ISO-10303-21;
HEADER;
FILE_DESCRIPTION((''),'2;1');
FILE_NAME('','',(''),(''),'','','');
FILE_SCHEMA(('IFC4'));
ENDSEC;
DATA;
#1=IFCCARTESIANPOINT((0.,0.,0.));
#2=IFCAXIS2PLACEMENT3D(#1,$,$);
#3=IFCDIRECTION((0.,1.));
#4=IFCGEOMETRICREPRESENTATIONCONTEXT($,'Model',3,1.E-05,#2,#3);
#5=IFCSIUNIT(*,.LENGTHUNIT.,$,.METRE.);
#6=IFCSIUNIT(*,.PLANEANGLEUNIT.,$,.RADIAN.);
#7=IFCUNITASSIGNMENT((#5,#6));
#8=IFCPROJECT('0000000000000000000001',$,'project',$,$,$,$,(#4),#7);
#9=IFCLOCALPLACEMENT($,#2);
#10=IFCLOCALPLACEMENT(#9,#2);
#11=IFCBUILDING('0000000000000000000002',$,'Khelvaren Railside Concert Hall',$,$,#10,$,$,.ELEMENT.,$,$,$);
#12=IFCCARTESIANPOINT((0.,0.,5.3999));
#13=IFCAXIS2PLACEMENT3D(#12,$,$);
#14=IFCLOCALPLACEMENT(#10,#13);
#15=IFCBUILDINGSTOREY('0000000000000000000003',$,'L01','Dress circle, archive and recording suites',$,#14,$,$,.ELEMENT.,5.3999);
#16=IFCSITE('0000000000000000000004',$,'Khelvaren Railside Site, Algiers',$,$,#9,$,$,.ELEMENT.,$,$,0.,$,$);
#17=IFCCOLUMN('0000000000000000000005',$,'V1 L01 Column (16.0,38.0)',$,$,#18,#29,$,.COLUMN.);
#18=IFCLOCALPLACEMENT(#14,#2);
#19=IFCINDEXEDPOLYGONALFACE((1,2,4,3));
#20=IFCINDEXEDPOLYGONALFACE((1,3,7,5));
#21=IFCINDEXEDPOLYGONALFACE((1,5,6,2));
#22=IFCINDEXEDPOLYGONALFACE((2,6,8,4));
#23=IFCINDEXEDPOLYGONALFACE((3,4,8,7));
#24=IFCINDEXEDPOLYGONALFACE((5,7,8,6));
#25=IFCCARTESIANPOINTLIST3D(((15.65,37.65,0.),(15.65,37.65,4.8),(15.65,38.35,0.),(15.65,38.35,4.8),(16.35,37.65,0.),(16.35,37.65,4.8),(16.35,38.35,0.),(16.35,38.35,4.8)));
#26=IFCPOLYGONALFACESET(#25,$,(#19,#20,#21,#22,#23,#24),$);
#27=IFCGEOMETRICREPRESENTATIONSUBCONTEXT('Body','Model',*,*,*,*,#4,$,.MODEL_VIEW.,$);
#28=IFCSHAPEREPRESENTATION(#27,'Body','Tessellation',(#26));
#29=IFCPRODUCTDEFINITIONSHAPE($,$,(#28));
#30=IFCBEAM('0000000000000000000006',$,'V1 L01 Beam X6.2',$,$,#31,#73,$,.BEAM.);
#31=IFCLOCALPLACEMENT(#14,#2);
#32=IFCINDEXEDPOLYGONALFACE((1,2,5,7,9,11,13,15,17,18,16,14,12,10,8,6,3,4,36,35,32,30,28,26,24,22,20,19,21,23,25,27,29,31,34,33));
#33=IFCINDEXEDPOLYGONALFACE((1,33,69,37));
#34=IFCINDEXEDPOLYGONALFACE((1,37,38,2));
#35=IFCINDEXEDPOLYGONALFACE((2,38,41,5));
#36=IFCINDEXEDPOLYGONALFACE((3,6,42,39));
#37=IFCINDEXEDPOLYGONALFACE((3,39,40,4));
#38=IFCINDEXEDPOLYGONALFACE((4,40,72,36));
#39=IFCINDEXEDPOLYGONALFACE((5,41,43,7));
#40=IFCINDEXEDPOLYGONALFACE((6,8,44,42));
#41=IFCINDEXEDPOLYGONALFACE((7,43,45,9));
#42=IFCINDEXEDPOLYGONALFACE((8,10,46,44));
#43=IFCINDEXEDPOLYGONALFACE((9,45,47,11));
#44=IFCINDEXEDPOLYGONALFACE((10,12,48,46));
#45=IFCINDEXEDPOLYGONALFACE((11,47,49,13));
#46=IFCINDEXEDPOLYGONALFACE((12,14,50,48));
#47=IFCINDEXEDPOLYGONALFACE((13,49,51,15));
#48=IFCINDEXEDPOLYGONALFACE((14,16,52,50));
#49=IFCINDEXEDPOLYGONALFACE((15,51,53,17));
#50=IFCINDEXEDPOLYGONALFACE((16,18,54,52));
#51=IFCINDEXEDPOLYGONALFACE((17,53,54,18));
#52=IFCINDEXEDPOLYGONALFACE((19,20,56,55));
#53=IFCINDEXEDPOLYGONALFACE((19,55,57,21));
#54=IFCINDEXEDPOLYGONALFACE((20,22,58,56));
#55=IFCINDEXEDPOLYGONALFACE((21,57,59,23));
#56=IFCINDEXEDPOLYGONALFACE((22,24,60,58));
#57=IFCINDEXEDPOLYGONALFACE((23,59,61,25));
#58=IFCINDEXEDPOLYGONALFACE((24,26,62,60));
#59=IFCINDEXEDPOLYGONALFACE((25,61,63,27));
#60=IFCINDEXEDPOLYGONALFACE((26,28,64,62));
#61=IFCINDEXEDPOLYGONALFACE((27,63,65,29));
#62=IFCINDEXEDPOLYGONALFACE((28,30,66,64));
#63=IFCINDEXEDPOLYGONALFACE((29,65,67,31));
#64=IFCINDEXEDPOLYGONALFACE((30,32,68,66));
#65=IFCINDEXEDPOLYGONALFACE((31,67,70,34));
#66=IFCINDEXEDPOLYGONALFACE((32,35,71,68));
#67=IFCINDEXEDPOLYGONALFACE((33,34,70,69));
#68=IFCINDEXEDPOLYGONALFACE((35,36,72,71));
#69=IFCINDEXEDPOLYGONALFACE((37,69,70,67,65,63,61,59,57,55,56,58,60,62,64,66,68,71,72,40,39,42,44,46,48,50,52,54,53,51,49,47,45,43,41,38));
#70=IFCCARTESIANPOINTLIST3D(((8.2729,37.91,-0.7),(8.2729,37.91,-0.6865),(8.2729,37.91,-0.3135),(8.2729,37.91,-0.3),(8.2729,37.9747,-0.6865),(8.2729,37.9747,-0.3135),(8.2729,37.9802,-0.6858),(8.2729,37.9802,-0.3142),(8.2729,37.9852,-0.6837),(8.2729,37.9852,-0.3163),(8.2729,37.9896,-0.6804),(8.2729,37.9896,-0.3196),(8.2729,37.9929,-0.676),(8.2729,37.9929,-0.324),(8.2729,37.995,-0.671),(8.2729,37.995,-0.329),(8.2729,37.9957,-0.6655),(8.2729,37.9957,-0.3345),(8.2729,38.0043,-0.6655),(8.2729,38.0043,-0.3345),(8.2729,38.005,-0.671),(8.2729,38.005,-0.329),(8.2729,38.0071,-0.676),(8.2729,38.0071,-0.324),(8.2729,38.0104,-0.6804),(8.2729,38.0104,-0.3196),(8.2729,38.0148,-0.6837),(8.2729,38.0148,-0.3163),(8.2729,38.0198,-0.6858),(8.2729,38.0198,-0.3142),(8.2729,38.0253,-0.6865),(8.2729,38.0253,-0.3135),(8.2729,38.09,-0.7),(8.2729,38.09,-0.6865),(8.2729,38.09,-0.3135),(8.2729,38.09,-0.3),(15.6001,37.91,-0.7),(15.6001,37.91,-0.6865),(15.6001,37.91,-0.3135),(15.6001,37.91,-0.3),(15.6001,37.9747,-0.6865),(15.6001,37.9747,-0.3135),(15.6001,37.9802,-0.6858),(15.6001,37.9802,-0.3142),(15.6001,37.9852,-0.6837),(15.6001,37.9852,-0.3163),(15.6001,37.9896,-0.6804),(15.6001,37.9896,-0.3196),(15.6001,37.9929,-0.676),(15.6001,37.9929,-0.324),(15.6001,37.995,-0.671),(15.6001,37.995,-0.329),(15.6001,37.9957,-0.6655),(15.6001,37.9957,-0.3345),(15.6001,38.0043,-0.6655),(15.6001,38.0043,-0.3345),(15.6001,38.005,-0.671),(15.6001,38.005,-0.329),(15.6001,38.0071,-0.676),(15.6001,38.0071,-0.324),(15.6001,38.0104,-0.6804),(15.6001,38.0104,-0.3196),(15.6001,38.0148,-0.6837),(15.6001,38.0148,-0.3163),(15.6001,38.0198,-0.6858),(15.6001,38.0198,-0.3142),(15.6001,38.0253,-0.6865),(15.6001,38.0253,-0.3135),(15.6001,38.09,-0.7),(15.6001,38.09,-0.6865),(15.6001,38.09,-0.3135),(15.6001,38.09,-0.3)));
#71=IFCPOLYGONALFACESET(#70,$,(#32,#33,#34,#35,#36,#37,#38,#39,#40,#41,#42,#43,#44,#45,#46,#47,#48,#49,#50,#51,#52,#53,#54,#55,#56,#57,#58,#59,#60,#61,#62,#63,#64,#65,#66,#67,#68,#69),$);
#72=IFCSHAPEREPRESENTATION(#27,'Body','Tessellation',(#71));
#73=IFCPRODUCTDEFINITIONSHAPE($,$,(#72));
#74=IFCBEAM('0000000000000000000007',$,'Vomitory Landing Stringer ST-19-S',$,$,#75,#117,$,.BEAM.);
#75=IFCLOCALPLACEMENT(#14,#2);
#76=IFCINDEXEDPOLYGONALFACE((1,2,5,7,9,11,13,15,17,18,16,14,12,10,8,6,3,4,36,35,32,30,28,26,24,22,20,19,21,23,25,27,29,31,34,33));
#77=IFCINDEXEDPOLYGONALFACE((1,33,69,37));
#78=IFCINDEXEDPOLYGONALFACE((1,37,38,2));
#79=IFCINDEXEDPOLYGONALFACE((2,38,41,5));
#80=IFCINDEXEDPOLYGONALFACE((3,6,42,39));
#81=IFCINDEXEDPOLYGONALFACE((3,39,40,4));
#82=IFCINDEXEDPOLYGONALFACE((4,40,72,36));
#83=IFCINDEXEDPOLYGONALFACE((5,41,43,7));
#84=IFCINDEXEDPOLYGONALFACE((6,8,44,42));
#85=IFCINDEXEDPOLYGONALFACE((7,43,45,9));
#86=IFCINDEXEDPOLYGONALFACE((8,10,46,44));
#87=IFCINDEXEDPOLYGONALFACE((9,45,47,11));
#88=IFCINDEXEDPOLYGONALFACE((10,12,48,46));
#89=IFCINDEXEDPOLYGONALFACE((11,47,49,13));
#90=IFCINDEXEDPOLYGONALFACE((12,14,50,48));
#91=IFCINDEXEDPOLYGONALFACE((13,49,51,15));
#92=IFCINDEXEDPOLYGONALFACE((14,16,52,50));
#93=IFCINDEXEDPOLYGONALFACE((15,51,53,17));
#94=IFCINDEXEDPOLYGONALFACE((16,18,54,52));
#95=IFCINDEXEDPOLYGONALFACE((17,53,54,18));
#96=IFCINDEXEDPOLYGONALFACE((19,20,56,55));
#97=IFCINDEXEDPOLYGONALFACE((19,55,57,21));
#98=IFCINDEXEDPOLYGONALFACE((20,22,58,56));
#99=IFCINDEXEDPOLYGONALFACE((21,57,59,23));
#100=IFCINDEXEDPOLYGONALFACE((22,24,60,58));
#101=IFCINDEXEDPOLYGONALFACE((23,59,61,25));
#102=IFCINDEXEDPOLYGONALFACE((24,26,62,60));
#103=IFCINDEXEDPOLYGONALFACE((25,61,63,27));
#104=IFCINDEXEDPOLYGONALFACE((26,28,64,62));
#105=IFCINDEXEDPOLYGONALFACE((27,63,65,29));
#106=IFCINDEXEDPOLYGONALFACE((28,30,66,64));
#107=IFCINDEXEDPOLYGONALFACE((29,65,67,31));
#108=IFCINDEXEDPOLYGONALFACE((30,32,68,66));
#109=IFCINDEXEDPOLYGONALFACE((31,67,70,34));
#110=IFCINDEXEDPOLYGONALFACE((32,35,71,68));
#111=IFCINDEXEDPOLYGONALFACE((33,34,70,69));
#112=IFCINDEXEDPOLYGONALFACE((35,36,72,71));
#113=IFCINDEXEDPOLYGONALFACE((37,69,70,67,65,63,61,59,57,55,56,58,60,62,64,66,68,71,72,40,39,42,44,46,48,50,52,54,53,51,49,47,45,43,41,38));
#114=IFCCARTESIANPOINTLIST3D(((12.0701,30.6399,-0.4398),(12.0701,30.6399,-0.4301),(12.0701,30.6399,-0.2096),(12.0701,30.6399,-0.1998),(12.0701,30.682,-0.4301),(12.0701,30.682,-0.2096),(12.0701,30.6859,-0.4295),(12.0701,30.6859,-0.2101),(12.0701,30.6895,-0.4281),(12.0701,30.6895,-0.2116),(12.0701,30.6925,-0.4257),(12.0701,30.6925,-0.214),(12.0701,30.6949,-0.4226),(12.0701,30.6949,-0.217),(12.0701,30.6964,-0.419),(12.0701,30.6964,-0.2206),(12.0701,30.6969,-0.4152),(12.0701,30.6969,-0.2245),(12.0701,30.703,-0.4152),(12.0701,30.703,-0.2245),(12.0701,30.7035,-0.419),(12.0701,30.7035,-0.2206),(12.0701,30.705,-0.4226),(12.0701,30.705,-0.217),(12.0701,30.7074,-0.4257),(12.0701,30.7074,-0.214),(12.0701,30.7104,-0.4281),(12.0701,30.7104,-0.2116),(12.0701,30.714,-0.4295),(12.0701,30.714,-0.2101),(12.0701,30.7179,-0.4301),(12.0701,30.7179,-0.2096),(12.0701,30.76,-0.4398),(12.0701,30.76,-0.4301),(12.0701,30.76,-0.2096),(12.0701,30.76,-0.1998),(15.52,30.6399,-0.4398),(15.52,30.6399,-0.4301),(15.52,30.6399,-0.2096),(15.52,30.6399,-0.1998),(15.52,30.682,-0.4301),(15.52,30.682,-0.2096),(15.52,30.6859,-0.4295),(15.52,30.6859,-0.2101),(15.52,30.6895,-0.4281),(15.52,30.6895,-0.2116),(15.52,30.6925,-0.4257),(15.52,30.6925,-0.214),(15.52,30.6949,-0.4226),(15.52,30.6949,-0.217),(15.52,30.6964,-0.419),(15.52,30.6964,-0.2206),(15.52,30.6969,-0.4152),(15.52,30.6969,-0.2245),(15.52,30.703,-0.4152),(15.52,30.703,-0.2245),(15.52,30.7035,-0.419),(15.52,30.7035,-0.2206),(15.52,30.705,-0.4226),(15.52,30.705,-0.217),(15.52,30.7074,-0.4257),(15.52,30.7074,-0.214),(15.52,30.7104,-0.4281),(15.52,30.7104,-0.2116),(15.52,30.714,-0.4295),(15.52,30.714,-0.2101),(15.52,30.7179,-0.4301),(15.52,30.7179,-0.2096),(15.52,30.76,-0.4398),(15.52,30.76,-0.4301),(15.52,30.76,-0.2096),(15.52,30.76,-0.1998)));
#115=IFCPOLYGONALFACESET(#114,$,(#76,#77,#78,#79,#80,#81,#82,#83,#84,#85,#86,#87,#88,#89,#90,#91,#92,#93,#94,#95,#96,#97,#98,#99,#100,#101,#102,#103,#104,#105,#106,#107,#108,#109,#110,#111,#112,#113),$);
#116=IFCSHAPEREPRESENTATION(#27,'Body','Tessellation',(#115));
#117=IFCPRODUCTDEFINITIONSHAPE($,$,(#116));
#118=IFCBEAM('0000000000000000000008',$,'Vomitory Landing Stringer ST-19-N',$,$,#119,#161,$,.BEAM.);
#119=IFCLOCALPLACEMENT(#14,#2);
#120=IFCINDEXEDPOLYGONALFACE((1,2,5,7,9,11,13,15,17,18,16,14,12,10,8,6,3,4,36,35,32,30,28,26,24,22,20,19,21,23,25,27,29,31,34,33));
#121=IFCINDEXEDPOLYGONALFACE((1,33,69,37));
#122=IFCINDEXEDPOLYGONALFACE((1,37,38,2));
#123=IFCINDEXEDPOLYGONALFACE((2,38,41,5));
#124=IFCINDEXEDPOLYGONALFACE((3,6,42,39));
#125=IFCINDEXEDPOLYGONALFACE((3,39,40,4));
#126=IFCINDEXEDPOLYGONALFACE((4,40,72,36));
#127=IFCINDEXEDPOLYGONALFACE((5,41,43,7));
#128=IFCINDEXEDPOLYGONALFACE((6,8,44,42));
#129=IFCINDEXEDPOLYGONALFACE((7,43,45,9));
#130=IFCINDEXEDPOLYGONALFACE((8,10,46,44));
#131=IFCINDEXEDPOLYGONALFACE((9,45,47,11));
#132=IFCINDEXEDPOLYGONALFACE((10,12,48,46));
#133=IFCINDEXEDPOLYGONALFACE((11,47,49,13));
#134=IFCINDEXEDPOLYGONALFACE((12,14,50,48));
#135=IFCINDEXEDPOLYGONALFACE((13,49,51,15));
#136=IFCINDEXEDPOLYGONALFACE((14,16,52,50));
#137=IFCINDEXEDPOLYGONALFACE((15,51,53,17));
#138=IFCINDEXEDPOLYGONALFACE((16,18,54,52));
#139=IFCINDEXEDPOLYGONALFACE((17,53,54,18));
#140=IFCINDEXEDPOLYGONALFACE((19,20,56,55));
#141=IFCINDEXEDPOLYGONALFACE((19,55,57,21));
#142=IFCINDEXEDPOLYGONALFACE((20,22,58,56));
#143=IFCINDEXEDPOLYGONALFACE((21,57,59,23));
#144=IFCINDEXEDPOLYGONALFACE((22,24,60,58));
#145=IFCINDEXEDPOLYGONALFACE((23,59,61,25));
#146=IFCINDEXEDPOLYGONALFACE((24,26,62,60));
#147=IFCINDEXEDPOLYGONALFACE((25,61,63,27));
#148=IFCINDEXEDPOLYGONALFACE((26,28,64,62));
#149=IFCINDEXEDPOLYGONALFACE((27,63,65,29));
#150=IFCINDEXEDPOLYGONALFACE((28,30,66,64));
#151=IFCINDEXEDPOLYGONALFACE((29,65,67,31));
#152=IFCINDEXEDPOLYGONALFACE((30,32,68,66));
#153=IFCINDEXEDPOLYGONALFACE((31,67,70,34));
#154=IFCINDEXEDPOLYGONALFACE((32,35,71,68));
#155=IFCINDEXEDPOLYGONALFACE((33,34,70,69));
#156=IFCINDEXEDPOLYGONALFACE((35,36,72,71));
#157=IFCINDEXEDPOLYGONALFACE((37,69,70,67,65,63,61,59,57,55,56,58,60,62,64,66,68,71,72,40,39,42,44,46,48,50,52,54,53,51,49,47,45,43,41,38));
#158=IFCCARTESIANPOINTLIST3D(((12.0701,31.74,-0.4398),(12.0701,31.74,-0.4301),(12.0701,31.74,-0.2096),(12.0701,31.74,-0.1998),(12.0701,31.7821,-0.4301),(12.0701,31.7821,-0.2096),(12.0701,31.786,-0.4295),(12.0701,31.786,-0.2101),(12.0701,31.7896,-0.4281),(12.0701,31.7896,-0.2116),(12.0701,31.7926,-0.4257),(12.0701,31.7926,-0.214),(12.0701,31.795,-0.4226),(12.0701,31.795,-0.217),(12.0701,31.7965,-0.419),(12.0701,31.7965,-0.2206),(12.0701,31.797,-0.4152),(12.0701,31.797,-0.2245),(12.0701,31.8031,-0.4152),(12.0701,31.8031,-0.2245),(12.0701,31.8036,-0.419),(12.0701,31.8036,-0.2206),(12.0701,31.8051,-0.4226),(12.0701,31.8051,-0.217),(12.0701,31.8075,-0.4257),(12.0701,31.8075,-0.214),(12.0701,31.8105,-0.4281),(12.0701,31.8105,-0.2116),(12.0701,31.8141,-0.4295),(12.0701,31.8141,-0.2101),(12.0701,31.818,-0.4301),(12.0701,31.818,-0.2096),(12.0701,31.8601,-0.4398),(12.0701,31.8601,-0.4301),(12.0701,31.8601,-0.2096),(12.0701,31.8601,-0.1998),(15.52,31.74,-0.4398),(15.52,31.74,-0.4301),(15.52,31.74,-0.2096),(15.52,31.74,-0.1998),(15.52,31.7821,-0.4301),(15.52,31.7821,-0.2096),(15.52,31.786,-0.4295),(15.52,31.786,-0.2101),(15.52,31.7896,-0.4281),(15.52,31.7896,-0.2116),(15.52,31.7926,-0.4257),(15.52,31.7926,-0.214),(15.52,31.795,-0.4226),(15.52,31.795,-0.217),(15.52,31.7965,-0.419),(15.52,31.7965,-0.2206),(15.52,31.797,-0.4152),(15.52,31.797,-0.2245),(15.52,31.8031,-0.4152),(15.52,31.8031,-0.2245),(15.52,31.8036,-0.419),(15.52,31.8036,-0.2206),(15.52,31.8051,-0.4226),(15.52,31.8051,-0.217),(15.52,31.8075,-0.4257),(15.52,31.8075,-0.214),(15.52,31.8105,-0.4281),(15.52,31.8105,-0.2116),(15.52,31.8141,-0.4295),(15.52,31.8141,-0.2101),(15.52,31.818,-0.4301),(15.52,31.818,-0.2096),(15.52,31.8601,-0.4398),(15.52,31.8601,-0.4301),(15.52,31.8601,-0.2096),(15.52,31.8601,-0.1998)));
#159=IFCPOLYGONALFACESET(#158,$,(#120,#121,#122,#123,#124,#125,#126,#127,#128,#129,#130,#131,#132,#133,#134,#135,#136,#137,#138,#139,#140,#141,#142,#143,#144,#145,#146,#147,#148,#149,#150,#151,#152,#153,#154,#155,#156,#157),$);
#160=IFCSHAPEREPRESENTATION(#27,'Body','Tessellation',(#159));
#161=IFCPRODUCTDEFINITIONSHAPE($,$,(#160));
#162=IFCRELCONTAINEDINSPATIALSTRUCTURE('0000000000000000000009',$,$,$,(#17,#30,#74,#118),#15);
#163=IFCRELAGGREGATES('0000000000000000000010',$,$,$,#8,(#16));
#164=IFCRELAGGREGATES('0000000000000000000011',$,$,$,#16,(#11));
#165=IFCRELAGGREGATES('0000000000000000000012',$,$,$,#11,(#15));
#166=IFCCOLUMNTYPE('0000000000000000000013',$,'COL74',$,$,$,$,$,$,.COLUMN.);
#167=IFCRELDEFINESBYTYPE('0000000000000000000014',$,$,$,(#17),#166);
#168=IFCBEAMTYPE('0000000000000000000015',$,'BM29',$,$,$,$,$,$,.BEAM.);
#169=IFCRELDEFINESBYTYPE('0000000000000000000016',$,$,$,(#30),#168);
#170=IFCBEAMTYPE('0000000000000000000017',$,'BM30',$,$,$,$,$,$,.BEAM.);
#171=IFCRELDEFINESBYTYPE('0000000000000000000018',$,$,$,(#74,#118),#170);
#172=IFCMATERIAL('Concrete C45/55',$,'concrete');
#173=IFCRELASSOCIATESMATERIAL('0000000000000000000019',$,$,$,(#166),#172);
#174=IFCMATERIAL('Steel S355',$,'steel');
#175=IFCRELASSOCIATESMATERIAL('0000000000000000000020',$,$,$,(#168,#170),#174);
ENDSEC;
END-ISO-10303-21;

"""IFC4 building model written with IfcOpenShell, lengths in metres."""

from ifc_helpers import new_model, si_unit, direction, frame, origin, origin_2d, place, context, subcontext, project, spatial, rectangle, i_section, extrude, material, material_profile, profile_set, type_object, element, save


model = new_model("IFC4")

# Units and contexts
model_context = context("Model", 3, precision=1e-05, world=origin(), true_north=direction((0.0, 1.0)))
body_context = subcontext(model_context, "Body", "Model", "MODEL_VIEW")
ifc_project = project(units=[si_unit("LENGTHUNIT", "METRE"), si_unit("PLANEANGLEUNIT", "RADIAN")], contexts=[model_context])

# Site, building, storey
site_placement = place(None, origin())
site = spatial("IfcSite", under=ifc_project, at=site_placement, Name="Khelvaren Railside Site, Algiers", CompositionType="ELEMENT", RefElevation=0.0)
building_placement = place(site_placement, origin())
building = spatial("IfcBuilding", under=site, at=building_placement, Name="Khelvaren Railside Concert Hall", CompositionType="ELEMENT")
storey_placement = place(building_placement, frame((0.0, 0.0, 5.3999)))
storey = spatial("IfcBuildingStorey", under=building, at=storey_placement, Name="L01", Description="Dress circle, archive and recording suites", CompositionType="ELEMENT", Elevation=5.3999)

# Column
ifc_material_1 = material(Name="Concrete C45/55", Category="concrete")
ifc_material_profile_1 = material_profile(ifc_material_1, rectangle(XDim=0.7, YDim=0.7, at=origin_2d()), Name="RC 700x700")
ifc_profile_set_1 = profile_set([ifc_material_profile_1], Name="Concrete C45/55")
column_type = type_object("IfcColumnType", Name="COL74", PredefinedType="COLUMN", material=ifc_profile_set_1)
column_placement = place(storey_placement, frame((16.0, 38.0, 0.0), z_axis=(0.0, 0.0, 1.0), x_axis=(1.0, 0.0, 0.0)))
element("IfcColumn", 1, at=column_placement, inside=storey, type_object=column_type, Name="V1 L01 Column (16.0,38.0)", PredefinedType="COLUMN", context=body_context, shape_type="SweptSolid", body=[
    extrude(rectangle(XDim=0.7, YDim=0.7, at=origin_2d()), origin(), (0.0, 0.0, 1.0), 4.8),
])

# Beams
ifc_material_2 = material(Name="Steel S355", Category="steel")
ifc_material_profile_2 = material_profile(ifc_material_2, i_section(OverallWidth=0.1799, OverallDepth=0.3999, WebThickness=0.0085, FlangeThickness=0.0134, FilletRadius=0.021, at=origin_2d()), Name="IPE 400")
ifc_profile_set_2 = profile_set([ifc_material_profile_2], Name="Steel S355")
beam_type_1 = type_object("IfcBeamType", Name="BM29", PredefinedType="BEAM", material=ifc_profile_set_2)
beam_1_placement = place(storey_placement, frame((8.2729, 38.0, -0.5), z_axis=(1.0, 0.0, 0.0), x_axis=(0.0, 1.0, 0.0)))
element("IfcBeam", 2, at=beam_1_placement, inside=storey, type_object=beam_type_1, Name="V1 L01 Beam X6.2", PredefinedType="BEAM", context=body_context, shape_type="SweptSolid", body=[
    extrude(i_section(OverallWidth=0.1799, OverallDepth=0.3999, WebThickness=0.0085, FlangeThickness=0.0134, FilletRadius=0.021, at=origin_2d()), origin(), (0.0, 0.0, 1.0), 7.3271),
])
ifc_material_profile_3 = material_profile(ifc_material_2, i_section(OverallWidth=0.1201, OverallDepth=0.24, WebThickness=0.0061, FlangeThickness=0.0098, FilletRadius=0.0149, at=origin_2d()), Name="IPE 240")
ifc_profile_set_3 = profile_set([ifc_material_profile_3], Name="Steel S355")
beam_type_2 = type_object("IfcBeamType", Name="BM30", PredefinedType="BEAM", material=ifc_profile_set_3)
for number, where, z_axis, x_axis, name in (
    (3, (12.0701, 30.7, -0.3198), (1.0, 0.0, 0.0), (0.0, 1.0, 0.0), "Vomitory Landing Stringer ST-19-S"),
    (4, (12.0701, 31.8, -0.3198), (1.0, 0.0, 0.0), (0.0, 1.0, 0.0), "Vomitory Landing Stringer ST-19-N"),
):
    element("IfcBeam", number, at=place(storey_placement, frame(where, z_axis=z_axis, x_axis=x_axis)), inside=storey, type_object=beam_type_2, Name=name, PredefinedType="BEAM", context=body_context, shape_type="SweptSolid", body=[
        extrude(i_section(OverallWidth=0.1201, OverallDepth=0.24, WebThickness=0.0061, FlangeThickness=0.0098, FilletRadius=0.0149, at=origin_2d()), origin(), (0.0, 0.0, 1.0), 3.45),
    ])

save(model, "model.ifc")
